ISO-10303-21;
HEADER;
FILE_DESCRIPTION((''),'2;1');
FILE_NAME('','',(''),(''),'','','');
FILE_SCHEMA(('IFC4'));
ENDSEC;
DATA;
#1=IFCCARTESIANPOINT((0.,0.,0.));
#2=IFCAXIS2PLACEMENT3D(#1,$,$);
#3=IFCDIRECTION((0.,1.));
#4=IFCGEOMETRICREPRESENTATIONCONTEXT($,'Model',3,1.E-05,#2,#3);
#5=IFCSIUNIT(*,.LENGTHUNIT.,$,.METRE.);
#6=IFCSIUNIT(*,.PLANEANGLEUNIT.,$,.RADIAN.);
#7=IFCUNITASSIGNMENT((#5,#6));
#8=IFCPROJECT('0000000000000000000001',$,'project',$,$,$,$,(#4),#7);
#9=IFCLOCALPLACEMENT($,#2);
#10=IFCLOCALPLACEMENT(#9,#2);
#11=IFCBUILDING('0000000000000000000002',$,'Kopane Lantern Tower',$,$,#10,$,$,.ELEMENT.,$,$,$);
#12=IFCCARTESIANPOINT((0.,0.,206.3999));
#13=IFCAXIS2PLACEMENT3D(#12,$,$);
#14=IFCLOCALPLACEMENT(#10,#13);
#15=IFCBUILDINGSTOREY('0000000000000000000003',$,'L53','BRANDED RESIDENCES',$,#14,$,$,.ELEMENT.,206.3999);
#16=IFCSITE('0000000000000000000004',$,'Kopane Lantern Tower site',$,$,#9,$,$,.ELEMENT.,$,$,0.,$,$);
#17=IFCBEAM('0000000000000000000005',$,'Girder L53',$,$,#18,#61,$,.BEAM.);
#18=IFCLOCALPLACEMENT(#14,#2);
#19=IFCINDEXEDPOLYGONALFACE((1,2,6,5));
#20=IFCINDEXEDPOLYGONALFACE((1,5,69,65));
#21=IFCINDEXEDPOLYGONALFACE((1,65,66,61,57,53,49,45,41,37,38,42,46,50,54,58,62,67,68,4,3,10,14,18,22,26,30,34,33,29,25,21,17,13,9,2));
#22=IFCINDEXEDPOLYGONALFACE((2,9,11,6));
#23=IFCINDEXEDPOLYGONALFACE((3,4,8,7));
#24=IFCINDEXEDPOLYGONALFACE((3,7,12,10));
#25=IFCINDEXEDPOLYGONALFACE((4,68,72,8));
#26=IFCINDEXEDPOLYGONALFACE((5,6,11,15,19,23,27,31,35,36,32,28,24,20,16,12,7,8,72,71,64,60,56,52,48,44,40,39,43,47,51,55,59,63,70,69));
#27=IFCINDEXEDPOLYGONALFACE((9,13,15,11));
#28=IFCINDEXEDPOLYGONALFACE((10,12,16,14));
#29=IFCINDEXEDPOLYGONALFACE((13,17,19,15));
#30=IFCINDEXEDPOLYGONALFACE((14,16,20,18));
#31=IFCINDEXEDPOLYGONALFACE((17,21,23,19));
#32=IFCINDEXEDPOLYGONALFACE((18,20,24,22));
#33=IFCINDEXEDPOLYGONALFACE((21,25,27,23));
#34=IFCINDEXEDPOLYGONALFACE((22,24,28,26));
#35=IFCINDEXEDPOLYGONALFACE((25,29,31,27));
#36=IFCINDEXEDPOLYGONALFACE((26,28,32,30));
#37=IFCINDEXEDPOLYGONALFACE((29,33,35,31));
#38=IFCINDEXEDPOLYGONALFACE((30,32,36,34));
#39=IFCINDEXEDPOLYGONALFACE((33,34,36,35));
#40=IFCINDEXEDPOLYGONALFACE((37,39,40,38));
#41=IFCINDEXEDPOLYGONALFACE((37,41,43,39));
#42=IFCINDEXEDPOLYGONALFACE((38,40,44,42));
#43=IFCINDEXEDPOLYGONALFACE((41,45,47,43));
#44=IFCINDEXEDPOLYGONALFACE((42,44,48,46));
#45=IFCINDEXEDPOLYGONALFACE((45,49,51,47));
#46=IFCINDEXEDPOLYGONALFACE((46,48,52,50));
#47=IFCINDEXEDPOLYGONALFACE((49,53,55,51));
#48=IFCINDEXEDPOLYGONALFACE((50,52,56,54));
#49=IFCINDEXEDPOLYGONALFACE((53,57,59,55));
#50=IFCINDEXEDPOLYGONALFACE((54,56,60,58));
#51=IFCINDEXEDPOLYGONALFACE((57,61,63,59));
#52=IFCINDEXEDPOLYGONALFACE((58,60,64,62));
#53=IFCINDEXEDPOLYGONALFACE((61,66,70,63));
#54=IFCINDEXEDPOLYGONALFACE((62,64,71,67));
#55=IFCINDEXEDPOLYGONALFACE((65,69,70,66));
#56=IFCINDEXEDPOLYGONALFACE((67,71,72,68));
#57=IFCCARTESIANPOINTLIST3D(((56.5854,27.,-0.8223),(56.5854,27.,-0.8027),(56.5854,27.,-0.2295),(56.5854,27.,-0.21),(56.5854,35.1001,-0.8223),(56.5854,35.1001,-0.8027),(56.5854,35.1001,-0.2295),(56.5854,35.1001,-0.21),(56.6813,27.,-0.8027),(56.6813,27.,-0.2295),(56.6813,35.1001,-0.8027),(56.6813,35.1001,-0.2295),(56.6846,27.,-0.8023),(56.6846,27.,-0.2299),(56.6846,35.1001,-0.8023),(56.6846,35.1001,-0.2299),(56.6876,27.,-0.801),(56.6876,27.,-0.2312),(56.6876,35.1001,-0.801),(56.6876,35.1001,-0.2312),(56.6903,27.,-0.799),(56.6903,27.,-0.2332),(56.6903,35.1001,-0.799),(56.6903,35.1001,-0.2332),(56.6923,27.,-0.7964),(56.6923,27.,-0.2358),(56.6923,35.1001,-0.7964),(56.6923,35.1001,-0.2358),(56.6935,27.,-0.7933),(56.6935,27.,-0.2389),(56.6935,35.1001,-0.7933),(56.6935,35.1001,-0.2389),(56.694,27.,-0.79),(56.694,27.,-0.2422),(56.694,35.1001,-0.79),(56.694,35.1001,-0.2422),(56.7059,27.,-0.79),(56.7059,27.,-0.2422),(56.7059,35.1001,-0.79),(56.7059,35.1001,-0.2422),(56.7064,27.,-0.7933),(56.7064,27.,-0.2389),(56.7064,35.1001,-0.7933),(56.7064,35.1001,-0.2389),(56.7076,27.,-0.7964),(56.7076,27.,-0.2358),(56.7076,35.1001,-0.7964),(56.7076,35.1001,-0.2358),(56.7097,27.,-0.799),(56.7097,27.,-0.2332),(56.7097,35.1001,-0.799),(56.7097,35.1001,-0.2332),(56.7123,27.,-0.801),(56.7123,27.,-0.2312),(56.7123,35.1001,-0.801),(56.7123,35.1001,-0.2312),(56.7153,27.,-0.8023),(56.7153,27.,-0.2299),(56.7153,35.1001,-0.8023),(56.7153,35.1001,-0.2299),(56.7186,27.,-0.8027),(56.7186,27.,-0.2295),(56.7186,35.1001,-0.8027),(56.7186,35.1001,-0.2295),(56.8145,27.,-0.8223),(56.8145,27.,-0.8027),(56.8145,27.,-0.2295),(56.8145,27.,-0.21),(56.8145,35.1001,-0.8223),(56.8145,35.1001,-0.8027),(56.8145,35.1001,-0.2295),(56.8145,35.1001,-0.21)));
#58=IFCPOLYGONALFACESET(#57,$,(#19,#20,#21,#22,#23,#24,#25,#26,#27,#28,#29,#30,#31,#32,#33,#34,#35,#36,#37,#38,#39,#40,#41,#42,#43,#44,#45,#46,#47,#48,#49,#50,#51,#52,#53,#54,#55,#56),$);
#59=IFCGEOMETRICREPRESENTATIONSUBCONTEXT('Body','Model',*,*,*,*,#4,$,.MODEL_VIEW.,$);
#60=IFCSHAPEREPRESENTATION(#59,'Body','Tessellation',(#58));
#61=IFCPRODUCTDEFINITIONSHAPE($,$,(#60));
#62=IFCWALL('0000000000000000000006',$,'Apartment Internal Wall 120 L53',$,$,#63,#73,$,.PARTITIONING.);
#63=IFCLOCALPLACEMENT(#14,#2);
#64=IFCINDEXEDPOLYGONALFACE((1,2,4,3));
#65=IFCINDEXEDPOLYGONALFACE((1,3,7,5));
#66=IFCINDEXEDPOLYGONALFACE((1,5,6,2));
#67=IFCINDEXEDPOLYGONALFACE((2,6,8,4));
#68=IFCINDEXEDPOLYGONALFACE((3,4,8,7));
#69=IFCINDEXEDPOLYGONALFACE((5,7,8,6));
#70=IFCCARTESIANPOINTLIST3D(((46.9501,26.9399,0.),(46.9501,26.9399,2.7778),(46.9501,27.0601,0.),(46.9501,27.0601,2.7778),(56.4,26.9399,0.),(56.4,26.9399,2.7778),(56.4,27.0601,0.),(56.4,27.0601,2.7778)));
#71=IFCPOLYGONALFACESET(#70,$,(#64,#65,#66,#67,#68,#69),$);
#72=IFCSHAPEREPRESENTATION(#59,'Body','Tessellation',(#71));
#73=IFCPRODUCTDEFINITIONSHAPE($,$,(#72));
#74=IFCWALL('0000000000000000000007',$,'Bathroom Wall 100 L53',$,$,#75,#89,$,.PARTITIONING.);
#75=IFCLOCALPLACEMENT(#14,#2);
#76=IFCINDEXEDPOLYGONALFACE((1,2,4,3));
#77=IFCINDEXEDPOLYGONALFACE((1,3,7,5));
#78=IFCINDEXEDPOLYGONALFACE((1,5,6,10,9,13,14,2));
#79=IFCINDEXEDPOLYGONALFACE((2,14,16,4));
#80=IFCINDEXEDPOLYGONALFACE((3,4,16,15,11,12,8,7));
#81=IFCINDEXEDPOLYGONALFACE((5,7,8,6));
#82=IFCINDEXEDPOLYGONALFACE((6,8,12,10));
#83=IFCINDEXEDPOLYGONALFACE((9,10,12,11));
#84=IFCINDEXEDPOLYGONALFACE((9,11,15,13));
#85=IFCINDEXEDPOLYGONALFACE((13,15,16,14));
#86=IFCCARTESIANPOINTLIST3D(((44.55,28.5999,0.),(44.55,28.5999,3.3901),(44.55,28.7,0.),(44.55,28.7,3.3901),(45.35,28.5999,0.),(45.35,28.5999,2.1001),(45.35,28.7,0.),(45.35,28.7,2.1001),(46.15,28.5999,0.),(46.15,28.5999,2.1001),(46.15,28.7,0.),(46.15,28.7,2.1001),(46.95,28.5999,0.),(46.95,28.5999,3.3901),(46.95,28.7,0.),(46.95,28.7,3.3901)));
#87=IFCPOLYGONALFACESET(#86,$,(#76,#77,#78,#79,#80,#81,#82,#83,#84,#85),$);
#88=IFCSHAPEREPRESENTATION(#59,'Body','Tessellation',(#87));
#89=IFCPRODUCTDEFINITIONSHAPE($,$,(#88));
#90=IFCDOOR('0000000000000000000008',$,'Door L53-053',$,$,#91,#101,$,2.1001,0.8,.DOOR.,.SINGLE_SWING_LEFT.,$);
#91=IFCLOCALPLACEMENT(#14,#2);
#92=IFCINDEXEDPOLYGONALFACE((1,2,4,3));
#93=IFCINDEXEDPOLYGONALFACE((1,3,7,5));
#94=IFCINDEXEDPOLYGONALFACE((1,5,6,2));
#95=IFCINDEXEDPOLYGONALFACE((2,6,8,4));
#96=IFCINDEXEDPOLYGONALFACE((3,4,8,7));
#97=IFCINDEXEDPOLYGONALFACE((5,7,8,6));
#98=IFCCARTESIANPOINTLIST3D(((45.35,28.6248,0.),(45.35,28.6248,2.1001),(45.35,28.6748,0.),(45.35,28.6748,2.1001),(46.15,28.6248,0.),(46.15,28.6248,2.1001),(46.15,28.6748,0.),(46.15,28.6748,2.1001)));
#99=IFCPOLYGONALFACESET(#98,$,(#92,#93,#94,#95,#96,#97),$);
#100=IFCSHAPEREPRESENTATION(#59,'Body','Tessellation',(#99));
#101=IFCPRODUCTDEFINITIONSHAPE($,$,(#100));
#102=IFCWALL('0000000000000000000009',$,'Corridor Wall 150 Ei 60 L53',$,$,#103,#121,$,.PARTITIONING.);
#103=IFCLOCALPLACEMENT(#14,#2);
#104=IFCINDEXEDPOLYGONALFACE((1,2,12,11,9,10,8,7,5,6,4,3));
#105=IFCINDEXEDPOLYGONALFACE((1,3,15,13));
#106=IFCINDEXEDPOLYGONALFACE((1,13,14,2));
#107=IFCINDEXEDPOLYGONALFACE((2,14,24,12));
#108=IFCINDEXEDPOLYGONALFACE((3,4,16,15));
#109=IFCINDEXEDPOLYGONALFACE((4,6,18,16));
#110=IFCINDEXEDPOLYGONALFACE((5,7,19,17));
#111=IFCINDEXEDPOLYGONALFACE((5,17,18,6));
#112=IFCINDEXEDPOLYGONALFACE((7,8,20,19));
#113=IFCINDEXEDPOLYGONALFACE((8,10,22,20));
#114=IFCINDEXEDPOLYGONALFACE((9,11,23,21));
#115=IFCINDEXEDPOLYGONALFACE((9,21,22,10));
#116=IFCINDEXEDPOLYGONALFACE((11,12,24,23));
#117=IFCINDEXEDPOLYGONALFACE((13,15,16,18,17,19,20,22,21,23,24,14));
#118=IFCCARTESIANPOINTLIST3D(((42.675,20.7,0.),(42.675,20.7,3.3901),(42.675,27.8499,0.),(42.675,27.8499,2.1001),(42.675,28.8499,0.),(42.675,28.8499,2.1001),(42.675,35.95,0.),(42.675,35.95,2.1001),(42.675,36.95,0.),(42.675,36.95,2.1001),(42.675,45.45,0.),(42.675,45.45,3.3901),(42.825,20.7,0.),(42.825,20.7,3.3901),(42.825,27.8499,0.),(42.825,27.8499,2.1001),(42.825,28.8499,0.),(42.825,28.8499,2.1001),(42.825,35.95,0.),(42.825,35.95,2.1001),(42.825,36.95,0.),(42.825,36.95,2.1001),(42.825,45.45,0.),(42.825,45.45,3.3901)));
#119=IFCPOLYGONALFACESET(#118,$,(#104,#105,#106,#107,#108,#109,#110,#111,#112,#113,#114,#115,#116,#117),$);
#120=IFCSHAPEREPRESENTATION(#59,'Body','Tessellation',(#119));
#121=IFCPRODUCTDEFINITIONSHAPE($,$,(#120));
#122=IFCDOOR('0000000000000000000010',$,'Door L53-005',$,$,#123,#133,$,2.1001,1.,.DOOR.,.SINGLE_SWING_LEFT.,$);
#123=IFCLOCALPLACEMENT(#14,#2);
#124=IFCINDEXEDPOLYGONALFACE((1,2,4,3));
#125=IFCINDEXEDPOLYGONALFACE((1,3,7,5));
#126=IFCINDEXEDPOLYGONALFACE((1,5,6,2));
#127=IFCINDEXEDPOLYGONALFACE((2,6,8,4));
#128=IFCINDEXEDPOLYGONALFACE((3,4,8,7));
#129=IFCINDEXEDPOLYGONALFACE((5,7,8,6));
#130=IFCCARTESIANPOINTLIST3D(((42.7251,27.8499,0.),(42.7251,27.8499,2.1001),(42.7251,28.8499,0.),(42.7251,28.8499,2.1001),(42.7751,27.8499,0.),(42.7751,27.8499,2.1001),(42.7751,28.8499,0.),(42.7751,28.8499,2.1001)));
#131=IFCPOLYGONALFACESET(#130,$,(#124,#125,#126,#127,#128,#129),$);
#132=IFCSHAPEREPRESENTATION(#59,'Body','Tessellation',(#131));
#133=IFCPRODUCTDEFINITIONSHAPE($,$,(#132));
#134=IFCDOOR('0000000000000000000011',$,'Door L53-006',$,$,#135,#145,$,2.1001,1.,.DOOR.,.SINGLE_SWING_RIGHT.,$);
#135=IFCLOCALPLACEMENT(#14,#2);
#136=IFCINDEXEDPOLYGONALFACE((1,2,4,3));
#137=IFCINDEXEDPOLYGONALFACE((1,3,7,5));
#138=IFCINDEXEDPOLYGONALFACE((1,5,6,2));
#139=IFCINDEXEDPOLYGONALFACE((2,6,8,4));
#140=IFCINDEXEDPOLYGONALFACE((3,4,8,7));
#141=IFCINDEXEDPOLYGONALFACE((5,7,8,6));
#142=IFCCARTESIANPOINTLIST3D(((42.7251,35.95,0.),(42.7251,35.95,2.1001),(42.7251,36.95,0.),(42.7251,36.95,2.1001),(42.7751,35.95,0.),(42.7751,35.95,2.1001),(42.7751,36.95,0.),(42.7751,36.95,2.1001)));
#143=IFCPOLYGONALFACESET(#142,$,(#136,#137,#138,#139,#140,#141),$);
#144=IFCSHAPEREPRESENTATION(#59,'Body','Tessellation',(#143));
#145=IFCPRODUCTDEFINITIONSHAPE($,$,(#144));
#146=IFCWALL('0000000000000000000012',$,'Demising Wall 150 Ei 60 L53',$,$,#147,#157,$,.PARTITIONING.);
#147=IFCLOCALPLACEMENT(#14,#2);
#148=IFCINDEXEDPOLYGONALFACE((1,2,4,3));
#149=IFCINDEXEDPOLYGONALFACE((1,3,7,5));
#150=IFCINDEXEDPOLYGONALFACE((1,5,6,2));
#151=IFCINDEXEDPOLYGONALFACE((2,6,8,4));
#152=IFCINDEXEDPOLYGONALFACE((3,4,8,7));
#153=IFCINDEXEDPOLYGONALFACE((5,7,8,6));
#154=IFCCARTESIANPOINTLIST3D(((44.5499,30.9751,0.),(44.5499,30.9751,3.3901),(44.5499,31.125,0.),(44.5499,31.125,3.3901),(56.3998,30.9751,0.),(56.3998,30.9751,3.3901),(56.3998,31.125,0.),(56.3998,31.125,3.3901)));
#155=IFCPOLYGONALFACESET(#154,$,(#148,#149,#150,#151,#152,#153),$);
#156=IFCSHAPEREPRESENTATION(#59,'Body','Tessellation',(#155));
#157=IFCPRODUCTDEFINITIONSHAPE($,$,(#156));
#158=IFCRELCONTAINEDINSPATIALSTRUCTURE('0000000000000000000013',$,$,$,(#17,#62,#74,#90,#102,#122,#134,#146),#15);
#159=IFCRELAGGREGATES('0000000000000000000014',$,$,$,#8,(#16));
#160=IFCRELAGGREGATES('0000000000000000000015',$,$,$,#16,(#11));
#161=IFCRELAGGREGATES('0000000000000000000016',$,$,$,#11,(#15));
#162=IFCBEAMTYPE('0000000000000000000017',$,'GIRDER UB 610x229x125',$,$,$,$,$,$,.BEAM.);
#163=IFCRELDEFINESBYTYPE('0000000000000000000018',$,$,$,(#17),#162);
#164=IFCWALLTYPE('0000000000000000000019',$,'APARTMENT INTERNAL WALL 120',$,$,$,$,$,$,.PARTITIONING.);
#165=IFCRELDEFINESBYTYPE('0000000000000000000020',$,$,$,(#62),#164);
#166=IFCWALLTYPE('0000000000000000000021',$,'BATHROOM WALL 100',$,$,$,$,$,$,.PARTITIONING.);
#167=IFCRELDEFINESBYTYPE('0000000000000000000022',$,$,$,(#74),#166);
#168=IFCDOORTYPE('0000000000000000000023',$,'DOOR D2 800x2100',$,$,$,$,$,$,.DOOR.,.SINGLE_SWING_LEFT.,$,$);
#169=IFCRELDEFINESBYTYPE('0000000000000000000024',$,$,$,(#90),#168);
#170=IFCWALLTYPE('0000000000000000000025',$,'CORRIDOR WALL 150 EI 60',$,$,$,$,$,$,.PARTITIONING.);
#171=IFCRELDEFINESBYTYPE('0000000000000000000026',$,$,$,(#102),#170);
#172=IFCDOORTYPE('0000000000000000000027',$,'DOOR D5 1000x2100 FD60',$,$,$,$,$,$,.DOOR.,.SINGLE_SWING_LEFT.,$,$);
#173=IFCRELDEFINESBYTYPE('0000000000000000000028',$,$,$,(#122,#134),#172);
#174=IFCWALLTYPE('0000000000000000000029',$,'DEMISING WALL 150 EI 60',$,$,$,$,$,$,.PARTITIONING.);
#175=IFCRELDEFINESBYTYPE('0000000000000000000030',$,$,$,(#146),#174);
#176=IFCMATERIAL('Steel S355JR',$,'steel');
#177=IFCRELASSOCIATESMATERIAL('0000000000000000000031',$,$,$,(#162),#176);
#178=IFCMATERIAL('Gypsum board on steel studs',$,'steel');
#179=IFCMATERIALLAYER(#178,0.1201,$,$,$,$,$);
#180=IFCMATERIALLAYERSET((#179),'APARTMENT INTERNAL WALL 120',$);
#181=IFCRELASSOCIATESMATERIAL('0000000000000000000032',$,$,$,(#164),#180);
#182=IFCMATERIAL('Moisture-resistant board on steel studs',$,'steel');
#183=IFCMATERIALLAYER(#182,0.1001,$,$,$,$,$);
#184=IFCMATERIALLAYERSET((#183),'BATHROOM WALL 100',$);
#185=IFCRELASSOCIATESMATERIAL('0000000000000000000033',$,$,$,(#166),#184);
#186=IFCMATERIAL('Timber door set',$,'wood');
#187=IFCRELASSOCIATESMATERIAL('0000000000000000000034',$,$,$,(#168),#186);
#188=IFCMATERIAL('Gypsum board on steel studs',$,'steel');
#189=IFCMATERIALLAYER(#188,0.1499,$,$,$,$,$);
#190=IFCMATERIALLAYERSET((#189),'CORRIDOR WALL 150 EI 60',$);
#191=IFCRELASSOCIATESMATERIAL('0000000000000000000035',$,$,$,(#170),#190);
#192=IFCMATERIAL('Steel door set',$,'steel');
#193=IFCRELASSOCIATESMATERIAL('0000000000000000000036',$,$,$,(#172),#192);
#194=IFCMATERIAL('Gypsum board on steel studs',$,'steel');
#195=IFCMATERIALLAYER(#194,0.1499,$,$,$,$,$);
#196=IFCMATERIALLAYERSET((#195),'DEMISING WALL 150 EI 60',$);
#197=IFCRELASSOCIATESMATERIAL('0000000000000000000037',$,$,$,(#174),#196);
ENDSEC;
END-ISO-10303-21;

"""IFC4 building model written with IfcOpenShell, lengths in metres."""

from ifc_helpers import new_model, si_unit, direction, frame, frame_2d, origin, origin_2d, place, context, subcontext, project, spatial, rectangle, i_section, extrude, material, layer, layer_set, material_profile, profile_set, type_object, element, fill, save


model = new_model("IFC4")

# Units and contexts
model_context = context("Model", 3, precision=1e-05, world=origin(), true_north=direction((0.0, 1.0)))
body_context = subcontext(model_context, "Body", "Model", "MODEL_VIEW")
ifc_project = project(units=[si_unit("LENGTHUNIT", "METRE"), si_unit("PLANEANGLEUNIT", "RADIAN")], contexts=[model_context])

# Site, building, storey
site_placement = place(None, origin())
site = spatial("IfcSite", under=ifc_project, at=site_placement, Name="Kopane Lantern Tower site", CompositionType="ELEMENT", RefElevation=0.0)
building_placement = place(site_placement, origin())
building = spatial("IfcBuilding", under=site, at=building_placement, Name="Kopane Lantern Tower", CompositionType="ELEMENT")
storey_placement = place(building_placement, frame((0.0, 0.0, 206.3999)))
storey = spatial("IfcBuildingStorey", under=building, at=storey_placement, Name="L53", Description="BRANDED RESIDENCES", CompositionType="ELEMENT", Elevation=206.3999)

# Beam
ifc_material_1 = material(Name="Steel S355JR", Category="steel")
ifc_material_profile_1 = material_profile(ifc_material_1, i_section(OverallWidth=0.229, OverallDepth=0.6123, WebThickness=0.012, FlangeThickness=0.0195, FilletRadius=0.0127, at=origin_2d()), Name="UB 610x229x125")
ifc_profile_set_1 = profile_set([ifc_material_profile_1], Name="Steel S355JR")
beam_type = type_object("IfcBeamType", Name="GIRDER UB 610x229x125", PredefinedType="BEAM", material=ifc_profile_set_1)
beam_1_placement = place(storey_placement, frame((56.7, 27.0, -0.5161), z_axis=(0.0, 1.0, 0.0), x_axis=(-1.0, 0.0, 0.0)))
element("IfcBeam", 1, at=beam_1_placement, inside=storey, type_object=beam_type, Name="Girder L53", PredefinedType="BEAM", context=body_context, shape_type="SweptSolid", body=[
    extrude(i_section(OverallWidth=0.229, OverallDepth=0.6123, WebThickness=0.012, FlangeThickness=0.0195, FilletRadius=0.0127, at=origin_2d()), origin(), (0.0, 0.0, 1.0), 8.1001),
])

# Wall
ifc_material_2 = material(Name="Gypsum board on steel studs", Category="steel")
ifc_layer_1 = layer(ifc_material_2, 0.1201)
ifc_layer_set_1 = layer_set([ifc_layer_1], Name="APARTMENT INTERNAL WALL 120")
wall_type_1 = type_object("IfcWallType", Name="APARTMENT INTERNAL WALL 120", PredefinedType="PARTITIONING", material=ifc_layer_set_1)
wall_1_placement = place(storey_placement, frame((46.95, 27.0, 0.0), z_axis=(0.0, 0.0, 1.0), x_axis=(1.0, 0.0, 0.0)))
element("IfcWall", 2, at=wall_1_placement, inside=storey, type_object=wall_type_1, Name="Apartment Internal Wall 120 L53", PredefinedType="PARTITIONING", context=body_context, shape_type="SweptSolid", body=[
    extrude(rectangle(XDim=9.45, YDim=0.1201, at=frame_2d((4.7251, 0.0))), origin(), (0.0, 0.0, 1.0), 2.7778),
])

# Wall, opening, door
ifc_material_3 = material(Name="Moisture-resistant board on steel studs", Category="steel")
ifc_layer_2 = layer(ifc_material_3, 0.1001)
ifc_layer_set_2 = layer_set([ifc_layer_2], Name="BATHROOM WALL 100")
wall_type_2 = type_object("IfcWallType", Name="BATHROOM WALL 100", PredefinedType="PARTITIONING", material=ifc_layer_set_2)
wall_2_placement = place(storey_placement, frame((44.55, 28.6499, 0.0), z_axis=(0.0, 0.0, 1.0), x_axis=(1.0, 0.0, 0.0)))
wall_2 = element("IfcWall", 3, at=wall_2_placement, inside=storey, type_object=wall_type_2, Name="Bathroom Wall 100 L53", PredefinedType="PARTITIONING", context=body_context, shape_type="SweptSolid", body=[
    extrude(rectangle(XDim=2.3999, YDim=0.1001, at=frame_2d((1.2, 0.0))), origin(), (0.0, 0.0, 1.0), 3.3901),
])
opening_1_placement = place(wall_2_placement, frame((0.8, 0.0, 0.0)))
opening_1 = element("IfcOpeningElement", 4, at=opening_1_placement, cuts=wall_2, PredefinedType="OPENING", context=body_context, shape_type="SweptSolid", body=[
    extrude(rectangle(XDim=0.8, YDim=2.1001, at=frame_2d((0.3999, 1.05))), frame((0.0, 0.0601, 0.0), z_axis=(0.0, -1.0, 0.0), x_axis=(1.0, 0.0, 0.0)), (0.0, 0.0, 1.0), 0.1201),
])
ifc_material_4 = material(Name="Timber door set", Category="wood")
door_type_1 = type_object("IfcDoorType", Name="DOOR D2 800x2100", OperationType="SINGLE_SWING_LEFT", PredefinedType="DOOR", material=ifc_material_4)
door_1_placement = place(opening_1_placement, origin())
door_1 = element("IfcDoor", 5, at=door_1_placement, inside=storey, type_object=door_type_1, Name="Door L53-053", OperationType="SINGLE_SWING_LEFT", OverallHeight=2.1001, OverallWidth=0.8, PredefinedType="DOOR", context=body_context, shape_type="SweptSolid", body=[
    extrude(rectangle(XDim=0.8, YDim=2.1001, at=frame_2d((0.3999, 1.05))), frame((0.0, 0.0249, 0.0), z_axis=(0.0, -1.0, 0.0), x_axis=(1.0, 0.0, 0.0)), (0.0, 0.0, 1.0), 0.05),
])
fill(opening_1, door_1)

# Wall, openings, doors
ifc_material_5 = material(Name="Gypsum board on steel studs", Category="steel")
ifc_layer_3 = layer(ifc_material_5, 0.1499)
ifc_layer_set_3 = layer_set([ifc_layer_3], Name="CORRIDOR WALL 150 EI 60")
wall_type_3 = type_object("IfcWallType", Name="CORRIDOR WALL 150 EI 60", PredefinedType="PARTITIONING", material=ifc_layer_set_3)
wall_3_placement = place(storey_placement, frame((42.75, 20.7, 0.0), z_axis=(0.0, 0.0, 1.0), x_axis=(0.0, 1.0, 0.0)))
wall_3 = element("IfcWall", 6, at=wall_3_placement, inside=storey, type_object=wall_type_3, Name="Corridor Wall 150 Ei 60 L53", PredefinedType="PARTITIONING", context=body_context, shape_type="SweptSolid", body=[
    extrude(rectangle(XDim=24.75, YDim=0.1499, at=frame_2d((12.375, 0.0))), origin(), (0.0, 0.0, 1.0), 3.3901),
])
opening_2_placement = place(wall_3_placement, frame((7.1499, 0.0, 0.0)))
opening_2 = element("IfcOpeningElement", 7, at=opening_2_placement, cuts=wall_3, PredefinedType="OPENING", context=body_context, shape_type="SweptSolid", body=[
    extrude(rectangle(XDim=1.0, YDim=2.1001, at=frame_2d((0.5, 1.05))), frame((0.0, 0.085, 0.0), z_axis=(0.0, -1.0, 0.0), x_axis=(1.0, 0.0, 0.0)), (0.0, 0.0, 1.0), 0.1699),
])
opening_3_placement = place(wall_3_placement, frame((15.25, 0.0, 0.0)))
opening_3 = element("IfcOpeningElement", 8, at=opening_3_placement, cuts=wall_3, PredefinedType="OPENING", context=body_context, shape_type="SweptSolid", body=[
    extrude(rectangle(XDim=1.0, YDim=2.1001, at=frame_2d((0.5, 1.05))), frame((0.0, 0.085, 0.0), z_axis=(0.0, -1.0, 0.0), x_axis=(1.0, 0.0, 0.0)), (0.0, 0.0, 1.0), 0.1699),
])
ifc_material_6 = material(Name="Steel door set", Category="steel")
door_type_2 = type_object("IfcDoorType", Name="DOOR D5 1000x2100 FD60", OperationType="SINGLE_SWING_LEFT", PredefinedType="DOOR", material=ifc_material_6)
door_2_placement = place(opening_2_placement, origin())
door_2 = element("IfcDoor", 9, at=door_2_placement, inside=storey, type_object=door_type_2, Name="Door L53-005", OperationType="SINGLE_SWING_LEFT", OverallHeight=2.1001, OverallWidth=1.0, PredefinedType="DOOR", context=body_context, shape_type="SweptSolid", body=[
    extrude(rectangle(XDim=1.0, YDim=2.1001, at=frame_2d((0.5, 1.05))), frame((0.0, 0.0249, 0.0), z_axis=(0.0, -1.0, 0.0), x_axis=(1.0, 0.0, 0.0)), (0.0, 0.0, 1.0), 0.05),
])
fill(opening_2, door_2)
door_3_placement = place(opening_3_placement, origin())
door_3 = element("IfcDoor", 10, at=door_3_placement, inside=storey, type_object=door_type_2, Name="Door L53-006", OperationType="SINGLE_SWING_RIGHT", OverallHeight=2.1001, OverallWidth=1.0, PredefinedType="DOOR", context=body_context, shape_type="SweptSolid", body=[
    extrude(rectangle(XDim=1.0, YDim=2.1001, at=frame_2d((0.5, 1.05))), frame((0.0, 0.0249, 0.0), z_axis=(0.0, -1.0, 0.0), x_axis=(1.0, 0.0, 0.0)), (0.0, 0.0, 1.0), 0.05),
])
fill(opening_3, door_3)

# Wall
ifc_material_7 = material(Name="Gypsum board on steel studs", Category="steel")
ifc_layer_4 = layer(ifc_material_7, 0.1499)
ifc_layer_set_4 = layer_set([ifc_layer_4], Name="DEMISING WALL 150 EI 60")
wall_type_4 = type_object("IfcWallType", Name="DEMISING WALL 150 EI 60", PredefinedType="PARTITIONING", material=ifc_layer_set_4)
wall_4_placement = place(storey_placement, frame((44.55, 31.05, 0.0), z_axis=(0.0, 0.0, 1.0), x_axis=(1.0, 0.0, 0.0)))
element("IfcWall", 11, at=wall_4_placement, inside=storey, type_object=wall_type_4, Name="Demising Wall 150 Ei 60 L53", PredefinedType="PARTITIONING", context=body_context, shape_type="SweptSolid", body=[
    extrude(rectangle(XDim=11.8499, YDim=0.1499, at=frame_2d((5.9248, 0.0))), origin(), (0.0, 0.0, 1.0), 3.3901),
])

save(model, "model.ifc")
